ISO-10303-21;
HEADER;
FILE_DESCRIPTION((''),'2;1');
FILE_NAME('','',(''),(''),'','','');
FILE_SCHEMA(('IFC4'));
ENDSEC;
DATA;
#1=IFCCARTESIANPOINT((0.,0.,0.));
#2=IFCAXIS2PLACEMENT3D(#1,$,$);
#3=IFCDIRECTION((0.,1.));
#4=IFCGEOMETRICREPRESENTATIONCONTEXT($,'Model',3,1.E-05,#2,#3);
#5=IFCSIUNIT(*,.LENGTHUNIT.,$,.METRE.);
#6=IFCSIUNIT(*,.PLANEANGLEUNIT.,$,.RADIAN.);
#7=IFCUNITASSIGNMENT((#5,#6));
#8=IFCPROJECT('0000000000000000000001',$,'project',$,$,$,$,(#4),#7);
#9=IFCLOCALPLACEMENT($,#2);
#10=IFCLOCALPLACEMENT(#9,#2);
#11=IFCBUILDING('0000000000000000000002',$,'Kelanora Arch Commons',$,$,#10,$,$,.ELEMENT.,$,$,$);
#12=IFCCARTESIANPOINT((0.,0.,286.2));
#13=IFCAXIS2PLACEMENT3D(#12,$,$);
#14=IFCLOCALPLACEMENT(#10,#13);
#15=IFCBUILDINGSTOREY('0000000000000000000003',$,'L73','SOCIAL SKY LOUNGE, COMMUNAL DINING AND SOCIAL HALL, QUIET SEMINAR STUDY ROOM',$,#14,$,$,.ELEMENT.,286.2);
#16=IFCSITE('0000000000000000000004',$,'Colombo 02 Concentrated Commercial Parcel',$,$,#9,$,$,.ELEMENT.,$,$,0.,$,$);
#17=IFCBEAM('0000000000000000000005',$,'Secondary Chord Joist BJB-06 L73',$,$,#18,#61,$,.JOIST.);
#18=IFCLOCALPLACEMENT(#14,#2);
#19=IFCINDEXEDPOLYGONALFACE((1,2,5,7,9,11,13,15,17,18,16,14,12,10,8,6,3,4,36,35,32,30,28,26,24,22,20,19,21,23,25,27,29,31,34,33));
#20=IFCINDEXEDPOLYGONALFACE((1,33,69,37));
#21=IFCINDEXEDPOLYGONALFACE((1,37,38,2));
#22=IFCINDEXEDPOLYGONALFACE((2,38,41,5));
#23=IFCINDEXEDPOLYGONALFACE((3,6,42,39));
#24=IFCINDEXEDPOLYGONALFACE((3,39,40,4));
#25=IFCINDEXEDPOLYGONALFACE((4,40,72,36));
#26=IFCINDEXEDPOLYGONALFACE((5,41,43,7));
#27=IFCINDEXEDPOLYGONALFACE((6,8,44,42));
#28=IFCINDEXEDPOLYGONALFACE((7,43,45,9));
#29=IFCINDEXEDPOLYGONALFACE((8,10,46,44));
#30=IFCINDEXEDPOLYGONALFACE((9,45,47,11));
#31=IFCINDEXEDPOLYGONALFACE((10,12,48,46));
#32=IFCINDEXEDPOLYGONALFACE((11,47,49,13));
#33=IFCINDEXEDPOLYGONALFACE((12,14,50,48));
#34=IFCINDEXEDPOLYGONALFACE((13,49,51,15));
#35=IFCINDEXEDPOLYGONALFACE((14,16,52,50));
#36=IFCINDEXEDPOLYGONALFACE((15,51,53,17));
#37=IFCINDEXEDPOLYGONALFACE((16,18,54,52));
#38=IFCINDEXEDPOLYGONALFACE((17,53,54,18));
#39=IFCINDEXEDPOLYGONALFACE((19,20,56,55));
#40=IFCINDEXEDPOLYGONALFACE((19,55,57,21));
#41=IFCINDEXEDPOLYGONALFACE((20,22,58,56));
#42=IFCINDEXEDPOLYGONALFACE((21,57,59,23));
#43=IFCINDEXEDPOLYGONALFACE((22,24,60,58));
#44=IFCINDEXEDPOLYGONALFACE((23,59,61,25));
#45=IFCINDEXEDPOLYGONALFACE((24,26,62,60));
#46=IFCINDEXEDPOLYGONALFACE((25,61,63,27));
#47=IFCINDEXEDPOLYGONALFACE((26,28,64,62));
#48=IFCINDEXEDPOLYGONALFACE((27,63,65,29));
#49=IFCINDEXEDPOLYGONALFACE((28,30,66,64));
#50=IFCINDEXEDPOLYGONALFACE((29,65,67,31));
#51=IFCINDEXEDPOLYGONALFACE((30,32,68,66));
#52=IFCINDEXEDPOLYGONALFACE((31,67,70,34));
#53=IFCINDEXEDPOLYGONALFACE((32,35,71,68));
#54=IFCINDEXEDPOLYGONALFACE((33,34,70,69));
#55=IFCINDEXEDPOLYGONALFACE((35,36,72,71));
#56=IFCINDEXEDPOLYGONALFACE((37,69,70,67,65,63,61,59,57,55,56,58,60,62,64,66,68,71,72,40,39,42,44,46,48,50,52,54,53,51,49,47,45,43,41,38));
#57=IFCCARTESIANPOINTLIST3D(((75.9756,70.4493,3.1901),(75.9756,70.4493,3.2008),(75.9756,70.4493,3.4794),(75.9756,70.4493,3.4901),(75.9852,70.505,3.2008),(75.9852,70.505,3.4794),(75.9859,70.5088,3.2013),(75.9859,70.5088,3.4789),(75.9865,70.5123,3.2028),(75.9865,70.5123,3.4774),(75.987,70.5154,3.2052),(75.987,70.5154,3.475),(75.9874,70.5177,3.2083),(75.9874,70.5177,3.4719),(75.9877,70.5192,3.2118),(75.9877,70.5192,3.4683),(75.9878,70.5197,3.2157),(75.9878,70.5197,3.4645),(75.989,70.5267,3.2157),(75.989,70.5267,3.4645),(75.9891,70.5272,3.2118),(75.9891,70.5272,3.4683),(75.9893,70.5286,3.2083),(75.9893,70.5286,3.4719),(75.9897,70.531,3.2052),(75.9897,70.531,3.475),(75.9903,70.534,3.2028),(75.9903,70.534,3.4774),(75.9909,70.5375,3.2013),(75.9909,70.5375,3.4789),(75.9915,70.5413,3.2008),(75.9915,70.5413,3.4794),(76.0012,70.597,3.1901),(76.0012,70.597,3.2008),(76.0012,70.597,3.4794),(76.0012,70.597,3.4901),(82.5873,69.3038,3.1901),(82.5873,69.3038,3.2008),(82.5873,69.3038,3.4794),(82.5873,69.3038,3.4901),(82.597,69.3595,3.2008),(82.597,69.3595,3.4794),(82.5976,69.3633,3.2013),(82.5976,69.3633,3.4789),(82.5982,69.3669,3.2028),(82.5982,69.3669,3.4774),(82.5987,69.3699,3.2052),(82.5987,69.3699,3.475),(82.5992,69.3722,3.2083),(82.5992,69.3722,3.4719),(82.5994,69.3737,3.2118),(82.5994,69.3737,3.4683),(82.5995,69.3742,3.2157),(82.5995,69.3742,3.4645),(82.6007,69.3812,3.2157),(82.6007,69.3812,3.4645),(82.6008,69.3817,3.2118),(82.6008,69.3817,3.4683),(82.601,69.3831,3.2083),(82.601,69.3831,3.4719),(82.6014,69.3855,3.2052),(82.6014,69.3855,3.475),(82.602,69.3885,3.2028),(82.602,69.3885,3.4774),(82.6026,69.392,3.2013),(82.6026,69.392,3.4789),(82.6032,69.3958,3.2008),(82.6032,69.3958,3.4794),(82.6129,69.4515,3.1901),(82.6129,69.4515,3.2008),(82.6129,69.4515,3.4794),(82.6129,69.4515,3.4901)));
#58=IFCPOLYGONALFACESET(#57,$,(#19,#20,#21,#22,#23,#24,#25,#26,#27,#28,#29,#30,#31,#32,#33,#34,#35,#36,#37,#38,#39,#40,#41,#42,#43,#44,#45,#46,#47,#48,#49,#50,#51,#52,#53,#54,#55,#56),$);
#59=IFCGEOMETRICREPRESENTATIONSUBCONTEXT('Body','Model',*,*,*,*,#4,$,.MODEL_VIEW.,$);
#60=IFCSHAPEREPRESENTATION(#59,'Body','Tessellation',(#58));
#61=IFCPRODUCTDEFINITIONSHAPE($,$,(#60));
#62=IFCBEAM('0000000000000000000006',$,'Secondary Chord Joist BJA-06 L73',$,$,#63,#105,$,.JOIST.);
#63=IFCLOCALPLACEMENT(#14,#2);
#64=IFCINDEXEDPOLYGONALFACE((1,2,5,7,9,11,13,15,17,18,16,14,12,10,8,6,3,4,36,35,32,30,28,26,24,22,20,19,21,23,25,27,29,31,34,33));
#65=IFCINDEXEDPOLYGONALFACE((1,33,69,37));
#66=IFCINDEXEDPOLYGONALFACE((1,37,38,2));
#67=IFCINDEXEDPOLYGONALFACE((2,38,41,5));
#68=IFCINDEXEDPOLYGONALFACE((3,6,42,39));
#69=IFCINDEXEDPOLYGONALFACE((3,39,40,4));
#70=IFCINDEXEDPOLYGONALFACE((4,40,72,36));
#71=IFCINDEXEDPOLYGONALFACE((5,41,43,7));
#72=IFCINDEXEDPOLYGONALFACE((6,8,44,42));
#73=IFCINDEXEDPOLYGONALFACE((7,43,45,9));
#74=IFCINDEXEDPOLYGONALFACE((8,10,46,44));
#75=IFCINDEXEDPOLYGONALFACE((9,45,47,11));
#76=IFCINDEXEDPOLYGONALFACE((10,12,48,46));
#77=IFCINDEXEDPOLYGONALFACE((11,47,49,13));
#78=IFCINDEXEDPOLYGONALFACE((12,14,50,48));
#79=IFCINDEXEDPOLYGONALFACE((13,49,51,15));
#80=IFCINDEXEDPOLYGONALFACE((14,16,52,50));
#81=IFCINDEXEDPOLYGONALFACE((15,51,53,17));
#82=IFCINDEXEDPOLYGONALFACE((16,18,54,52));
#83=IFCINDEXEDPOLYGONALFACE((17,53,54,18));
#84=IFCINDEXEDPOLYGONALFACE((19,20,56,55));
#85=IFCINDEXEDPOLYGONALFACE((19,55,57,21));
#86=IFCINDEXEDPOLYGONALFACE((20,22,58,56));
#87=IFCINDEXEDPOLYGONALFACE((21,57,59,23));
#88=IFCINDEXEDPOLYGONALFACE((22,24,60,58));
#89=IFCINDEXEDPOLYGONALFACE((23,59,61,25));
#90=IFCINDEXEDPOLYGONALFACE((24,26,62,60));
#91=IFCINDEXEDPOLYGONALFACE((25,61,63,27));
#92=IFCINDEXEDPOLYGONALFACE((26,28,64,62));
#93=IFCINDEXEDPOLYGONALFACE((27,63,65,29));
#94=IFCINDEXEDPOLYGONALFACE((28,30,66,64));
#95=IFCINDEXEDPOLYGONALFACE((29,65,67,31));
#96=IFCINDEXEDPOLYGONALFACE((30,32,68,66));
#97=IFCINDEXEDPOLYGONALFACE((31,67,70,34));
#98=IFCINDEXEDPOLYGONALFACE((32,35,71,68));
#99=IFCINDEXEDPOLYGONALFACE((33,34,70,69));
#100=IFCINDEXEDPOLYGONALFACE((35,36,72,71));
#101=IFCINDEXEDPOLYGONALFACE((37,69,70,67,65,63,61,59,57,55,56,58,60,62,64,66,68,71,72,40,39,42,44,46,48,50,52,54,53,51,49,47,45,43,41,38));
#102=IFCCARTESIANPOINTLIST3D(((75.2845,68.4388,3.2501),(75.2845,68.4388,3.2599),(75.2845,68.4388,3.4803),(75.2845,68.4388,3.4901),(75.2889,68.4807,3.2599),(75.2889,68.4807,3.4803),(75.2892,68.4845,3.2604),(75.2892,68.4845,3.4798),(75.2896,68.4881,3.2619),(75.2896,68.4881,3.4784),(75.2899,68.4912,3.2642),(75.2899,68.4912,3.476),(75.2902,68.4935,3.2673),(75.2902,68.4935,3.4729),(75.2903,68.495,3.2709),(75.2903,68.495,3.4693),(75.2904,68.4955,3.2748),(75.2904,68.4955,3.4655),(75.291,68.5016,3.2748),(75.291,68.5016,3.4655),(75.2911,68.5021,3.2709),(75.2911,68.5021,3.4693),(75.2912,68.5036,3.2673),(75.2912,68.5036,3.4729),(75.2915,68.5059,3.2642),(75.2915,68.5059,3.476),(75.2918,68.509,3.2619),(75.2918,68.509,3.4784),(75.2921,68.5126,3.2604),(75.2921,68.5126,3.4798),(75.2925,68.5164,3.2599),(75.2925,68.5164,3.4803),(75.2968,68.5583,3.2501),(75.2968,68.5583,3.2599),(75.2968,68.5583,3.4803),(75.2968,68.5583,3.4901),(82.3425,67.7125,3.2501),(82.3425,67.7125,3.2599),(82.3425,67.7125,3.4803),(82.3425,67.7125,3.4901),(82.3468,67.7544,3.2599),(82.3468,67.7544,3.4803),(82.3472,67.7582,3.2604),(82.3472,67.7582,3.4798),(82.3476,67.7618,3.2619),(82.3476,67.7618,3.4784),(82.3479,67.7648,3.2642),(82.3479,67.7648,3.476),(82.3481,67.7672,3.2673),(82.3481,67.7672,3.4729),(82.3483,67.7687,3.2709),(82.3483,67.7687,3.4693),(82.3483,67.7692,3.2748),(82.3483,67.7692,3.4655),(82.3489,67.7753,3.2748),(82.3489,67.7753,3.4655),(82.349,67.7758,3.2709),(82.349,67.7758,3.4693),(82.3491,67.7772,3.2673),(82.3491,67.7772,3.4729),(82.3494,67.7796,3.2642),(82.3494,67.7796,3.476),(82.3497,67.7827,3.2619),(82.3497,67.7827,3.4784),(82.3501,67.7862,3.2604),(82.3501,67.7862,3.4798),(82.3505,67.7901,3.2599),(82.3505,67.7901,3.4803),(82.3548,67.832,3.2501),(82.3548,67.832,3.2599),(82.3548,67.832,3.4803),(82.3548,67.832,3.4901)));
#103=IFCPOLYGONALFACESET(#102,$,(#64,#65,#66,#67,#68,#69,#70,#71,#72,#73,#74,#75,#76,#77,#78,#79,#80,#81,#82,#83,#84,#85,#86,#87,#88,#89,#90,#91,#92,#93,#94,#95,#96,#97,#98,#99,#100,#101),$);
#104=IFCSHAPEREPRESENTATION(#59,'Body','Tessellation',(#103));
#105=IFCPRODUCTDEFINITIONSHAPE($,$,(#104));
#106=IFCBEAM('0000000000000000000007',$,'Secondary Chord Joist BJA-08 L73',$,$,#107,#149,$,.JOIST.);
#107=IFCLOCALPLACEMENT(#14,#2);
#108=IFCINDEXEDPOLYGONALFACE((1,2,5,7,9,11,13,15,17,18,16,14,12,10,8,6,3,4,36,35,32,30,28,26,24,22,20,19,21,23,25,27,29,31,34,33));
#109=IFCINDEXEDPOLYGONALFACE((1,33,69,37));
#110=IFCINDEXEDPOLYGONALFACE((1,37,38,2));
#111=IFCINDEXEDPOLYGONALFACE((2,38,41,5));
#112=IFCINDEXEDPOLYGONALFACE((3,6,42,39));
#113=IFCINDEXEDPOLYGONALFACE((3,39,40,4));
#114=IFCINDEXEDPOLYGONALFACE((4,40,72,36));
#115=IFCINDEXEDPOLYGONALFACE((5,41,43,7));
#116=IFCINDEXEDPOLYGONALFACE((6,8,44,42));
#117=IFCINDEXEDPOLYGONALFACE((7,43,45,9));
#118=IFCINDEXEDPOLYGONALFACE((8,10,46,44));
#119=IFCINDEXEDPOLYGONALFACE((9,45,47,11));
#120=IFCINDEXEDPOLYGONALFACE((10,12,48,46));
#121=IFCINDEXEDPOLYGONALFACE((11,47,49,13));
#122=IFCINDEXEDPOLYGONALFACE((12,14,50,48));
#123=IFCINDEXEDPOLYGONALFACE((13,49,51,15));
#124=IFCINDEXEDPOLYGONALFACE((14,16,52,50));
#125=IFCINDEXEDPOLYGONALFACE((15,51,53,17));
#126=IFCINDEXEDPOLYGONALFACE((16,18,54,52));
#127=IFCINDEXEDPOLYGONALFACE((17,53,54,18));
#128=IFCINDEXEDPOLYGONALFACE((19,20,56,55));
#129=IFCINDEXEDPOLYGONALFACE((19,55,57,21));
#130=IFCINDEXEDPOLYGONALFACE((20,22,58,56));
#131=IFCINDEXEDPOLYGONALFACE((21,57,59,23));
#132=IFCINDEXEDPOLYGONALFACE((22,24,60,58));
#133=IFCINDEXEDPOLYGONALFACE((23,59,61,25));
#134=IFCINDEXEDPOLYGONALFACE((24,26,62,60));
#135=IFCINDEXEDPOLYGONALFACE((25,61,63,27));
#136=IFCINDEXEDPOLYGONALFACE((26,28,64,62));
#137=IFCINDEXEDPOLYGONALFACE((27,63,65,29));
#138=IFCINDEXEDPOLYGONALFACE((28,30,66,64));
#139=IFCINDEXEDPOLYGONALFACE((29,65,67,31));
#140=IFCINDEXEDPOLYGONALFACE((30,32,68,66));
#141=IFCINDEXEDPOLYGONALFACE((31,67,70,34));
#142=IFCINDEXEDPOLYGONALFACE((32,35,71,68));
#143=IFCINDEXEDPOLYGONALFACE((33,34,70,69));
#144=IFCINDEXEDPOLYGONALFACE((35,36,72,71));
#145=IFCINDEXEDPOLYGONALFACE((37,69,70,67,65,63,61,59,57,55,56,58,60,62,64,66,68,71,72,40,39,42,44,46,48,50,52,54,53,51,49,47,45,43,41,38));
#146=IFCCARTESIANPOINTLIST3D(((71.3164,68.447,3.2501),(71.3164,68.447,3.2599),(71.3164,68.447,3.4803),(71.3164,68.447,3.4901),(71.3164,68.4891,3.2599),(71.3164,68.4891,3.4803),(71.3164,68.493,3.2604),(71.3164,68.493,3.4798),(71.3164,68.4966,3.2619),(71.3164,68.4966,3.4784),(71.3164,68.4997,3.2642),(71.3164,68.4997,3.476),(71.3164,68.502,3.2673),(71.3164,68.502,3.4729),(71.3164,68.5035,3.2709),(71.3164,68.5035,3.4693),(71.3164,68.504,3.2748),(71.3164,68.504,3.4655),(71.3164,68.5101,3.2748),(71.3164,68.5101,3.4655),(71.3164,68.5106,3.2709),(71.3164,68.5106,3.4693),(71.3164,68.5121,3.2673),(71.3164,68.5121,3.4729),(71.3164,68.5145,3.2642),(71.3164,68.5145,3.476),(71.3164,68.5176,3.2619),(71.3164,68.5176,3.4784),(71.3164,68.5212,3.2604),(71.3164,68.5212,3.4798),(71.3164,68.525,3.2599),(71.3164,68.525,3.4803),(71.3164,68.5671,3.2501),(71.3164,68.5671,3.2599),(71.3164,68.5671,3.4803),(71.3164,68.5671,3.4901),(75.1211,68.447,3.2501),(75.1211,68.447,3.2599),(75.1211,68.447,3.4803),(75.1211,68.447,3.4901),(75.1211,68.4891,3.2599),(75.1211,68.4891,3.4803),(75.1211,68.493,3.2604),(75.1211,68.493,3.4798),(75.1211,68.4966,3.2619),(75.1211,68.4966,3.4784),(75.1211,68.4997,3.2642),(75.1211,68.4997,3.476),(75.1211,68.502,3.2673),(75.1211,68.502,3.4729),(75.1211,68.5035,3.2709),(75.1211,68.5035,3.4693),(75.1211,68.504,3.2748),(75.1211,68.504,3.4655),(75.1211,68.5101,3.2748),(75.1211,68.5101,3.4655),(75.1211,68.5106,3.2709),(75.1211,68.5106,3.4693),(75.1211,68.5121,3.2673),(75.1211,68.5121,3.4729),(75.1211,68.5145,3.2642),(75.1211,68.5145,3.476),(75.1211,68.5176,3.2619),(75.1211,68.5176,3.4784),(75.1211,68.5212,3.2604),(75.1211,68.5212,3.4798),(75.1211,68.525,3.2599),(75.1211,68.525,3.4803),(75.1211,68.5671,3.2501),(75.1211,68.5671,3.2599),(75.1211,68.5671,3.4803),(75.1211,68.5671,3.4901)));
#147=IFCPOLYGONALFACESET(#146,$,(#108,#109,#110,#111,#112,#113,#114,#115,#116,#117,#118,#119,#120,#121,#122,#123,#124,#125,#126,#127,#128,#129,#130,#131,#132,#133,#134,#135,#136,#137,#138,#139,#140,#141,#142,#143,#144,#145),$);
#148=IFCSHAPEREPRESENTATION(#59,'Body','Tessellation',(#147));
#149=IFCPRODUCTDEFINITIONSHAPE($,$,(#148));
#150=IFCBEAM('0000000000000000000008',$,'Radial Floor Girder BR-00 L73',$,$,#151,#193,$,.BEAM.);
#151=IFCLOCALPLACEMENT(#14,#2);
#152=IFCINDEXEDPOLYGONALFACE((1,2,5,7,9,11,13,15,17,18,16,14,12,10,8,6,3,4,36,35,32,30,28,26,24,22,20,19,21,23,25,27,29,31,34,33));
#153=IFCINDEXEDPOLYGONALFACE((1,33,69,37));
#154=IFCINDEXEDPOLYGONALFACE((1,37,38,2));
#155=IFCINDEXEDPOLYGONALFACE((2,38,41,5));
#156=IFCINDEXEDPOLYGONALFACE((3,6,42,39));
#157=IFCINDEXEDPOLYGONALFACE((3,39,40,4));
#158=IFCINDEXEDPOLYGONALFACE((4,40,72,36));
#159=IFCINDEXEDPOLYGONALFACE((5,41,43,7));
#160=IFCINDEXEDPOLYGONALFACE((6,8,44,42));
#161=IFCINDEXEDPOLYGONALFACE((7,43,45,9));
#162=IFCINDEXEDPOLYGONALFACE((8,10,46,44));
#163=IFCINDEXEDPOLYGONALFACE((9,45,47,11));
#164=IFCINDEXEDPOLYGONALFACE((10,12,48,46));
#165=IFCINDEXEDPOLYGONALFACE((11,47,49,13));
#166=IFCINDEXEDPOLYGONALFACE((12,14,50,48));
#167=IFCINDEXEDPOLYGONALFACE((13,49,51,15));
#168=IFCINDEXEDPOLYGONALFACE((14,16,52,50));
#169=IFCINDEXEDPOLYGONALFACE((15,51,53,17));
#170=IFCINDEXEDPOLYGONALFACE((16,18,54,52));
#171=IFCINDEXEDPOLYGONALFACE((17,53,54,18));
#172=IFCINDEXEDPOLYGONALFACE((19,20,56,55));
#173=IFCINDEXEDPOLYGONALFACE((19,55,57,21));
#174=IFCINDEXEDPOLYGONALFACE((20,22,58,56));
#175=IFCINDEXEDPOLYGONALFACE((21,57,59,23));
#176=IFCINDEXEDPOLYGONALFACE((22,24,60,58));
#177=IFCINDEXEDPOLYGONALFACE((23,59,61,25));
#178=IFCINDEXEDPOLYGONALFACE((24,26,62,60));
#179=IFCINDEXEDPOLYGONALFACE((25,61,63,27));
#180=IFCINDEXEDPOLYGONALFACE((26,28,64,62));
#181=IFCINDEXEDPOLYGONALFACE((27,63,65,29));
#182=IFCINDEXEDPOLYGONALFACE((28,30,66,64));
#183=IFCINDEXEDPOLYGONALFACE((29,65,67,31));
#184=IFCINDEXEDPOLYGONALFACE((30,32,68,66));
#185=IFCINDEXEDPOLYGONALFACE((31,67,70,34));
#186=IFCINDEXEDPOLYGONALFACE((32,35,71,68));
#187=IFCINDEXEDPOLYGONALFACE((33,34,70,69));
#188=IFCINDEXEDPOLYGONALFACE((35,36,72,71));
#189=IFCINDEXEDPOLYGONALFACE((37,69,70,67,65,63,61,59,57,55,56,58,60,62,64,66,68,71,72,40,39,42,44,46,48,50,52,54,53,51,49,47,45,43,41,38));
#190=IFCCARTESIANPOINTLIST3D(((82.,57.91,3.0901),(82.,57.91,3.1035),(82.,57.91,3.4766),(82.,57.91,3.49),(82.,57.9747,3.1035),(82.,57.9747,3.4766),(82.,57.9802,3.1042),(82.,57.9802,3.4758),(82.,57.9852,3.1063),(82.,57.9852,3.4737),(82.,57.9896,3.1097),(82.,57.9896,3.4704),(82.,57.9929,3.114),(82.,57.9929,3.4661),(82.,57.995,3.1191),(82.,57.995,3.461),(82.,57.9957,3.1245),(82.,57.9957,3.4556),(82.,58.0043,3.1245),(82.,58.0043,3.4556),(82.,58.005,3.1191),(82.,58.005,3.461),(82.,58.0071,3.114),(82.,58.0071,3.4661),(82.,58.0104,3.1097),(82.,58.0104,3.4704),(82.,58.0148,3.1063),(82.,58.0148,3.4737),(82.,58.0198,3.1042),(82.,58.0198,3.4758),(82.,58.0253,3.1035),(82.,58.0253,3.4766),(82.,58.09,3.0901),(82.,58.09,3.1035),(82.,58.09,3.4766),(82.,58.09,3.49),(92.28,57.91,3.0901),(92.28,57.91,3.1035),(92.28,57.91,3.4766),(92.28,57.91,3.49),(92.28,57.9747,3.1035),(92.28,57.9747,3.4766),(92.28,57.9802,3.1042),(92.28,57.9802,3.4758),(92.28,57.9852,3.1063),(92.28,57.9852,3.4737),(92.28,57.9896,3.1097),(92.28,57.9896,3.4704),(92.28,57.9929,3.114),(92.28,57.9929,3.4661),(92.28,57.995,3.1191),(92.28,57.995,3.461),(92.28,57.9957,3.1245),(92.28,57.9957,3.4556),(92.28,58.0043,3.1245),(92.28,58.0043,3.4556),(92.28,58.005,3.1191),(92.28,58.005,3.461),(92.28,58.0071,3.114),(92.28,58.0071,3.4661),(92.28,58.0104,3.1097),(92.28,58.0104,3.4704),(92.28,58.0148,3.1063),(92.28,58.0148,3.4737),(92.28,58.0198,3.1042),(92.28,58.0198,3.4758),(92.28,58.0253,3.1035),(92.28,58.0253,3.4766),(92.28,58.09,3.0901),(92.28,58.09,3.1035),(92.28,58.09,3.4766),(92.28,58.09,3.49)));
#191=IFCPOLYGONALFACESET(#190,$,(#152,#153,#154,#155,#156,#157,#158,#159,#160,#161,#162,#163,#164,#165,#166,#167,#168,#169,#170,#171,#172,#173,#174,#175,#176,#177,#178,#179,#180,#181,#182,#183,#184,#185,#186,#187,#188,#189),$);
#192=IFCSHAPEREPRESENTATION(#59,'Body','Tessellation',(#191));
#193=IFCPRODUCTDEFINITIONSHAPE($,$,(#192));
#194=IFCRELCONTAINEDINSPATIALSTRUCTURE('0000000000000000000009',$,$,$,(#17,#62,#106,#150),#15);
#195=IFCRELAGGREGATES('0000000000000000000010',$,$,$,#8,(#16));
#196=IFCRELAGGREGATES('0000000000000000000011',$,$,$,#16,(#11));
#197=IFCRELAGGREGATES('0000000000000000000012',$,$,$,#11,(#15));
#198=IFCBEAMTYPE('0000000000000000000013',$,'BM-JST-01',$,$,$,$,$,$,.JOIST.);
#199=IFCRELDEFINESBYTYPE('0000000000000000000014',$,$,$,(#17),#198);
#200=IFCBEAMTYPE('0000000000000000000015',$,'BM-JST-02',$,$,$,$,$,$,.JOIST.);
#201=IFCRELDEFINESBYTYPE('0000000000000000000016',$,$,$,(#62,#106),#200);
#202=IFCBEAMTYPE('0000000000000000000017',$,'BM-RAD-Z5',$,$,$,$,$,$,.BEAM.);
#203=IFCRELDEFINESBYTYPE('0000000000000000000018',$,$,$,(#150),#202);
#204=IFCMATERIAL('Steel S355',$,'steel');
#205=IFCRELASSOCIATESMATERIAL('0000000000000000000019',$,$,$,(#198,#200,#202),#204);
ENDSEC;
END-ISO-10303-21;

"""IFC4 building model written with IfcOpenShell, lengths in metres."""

from ifc_helpers import new_model, si_unit, direction, frame, origin, origin_2d, place, context, subcontext, project, spatial, i_section, extrude, material, material_profile, profile_set, type_object, element, save


model = new_model("IFC4")

# Units and contexts
model_context = context("Model", 3, precision=1e-05, world=origin(), true_north=direction((0.0, 1.0)))
body_context = subcontext(model_context, "Body", "Model", "MODEL_VIEW")
ifc_project = project(units=[si_unit("LENGTHUNIT", "METRE"), si_unit("PLANEANGLEUNIT", "RADIAN")], contexts=[model_context])

# Site, building, storey
site_placement = place(None, origin())
site = spatial("IfcSite", under=ifc_project, at=site_placement, Name="Colombo 02 Concentrated Commercial Parcel", CompositionType="ELEMENT", RefElevation=0.0)
building_placement = place(site_placement, origin())
building = spatial("IfcBuilding", under=site, at=building_placement, Name="Kelanora Arch Commons", CompositionType="ELEMENT")
storey_placement = place(building_placement, frame((0.0, 0.0, 286.2)))
storey = spatial("IfcBuildingStorey", under=building, at=storey_placement, Name="L73", Description="SOCIAL SKY LOUNGE, COMMUNAL DINING AND SOCIAL HALL, QUIET SEMINAR STUDY ROOM", CompositionType="ELEMENT", Elevation=286.2)

# Beams
ifc_material_1 = material(Name="Steel S355", Category="steel")
ifc_material_profile_1 = material_profile(ifc_material_1, i_section(OverallWidth=0.1499, OverallDepth=0.3, WebThickness=0.0071, FlangeThickness=0.0107, FilletRadius=0.0149, at=origin_2d()), Name="IPE300")
ifc_profile_set_1 = profile_set([ifc_material_profile_1], Name="Steel S355")
beam_type_1 = type_object("IfcBeamType", Name="BM-JST-01", PredefinedType="JOIST", material=ifc_profile_set_1)
beam_1_placement = place(storey_placement, frame((82.6001, 69.3777, 3.3401), z_axis=(-0.985322, 0.170709, 0.0), x_axis=(-0.170709, -0.985322, 0.0)))
element("IfcBeam", 1, at=beam_1_placement, inside=storey, type_object=beam_type_1, Name="Secondary Chord Joist BJB-06 L73", PredefinedType="JOIST", context=body_context, shape_type="SweptSolid", body=[
    extrude(i_section(OverallWidth=0.1499, OverallDepth=0.3, WebThickness=0.0071, FlangeThickness=0.0107, FilletRadius=0.0149, at=origin_2d()), origin(), (0.0, 0.0, 1.0), 6.7102),
])
ifc_material_profile_2 = material_profile(ifc_material_1, i_section(OverallWidth=0.1201, OverallDepth=0.24, WebThickness=0.0061, FlangeThickness=0.0098, FilletRadius=0.0149, at=origin_2d()), Name="IPE240")
ifc_profile_set_2 = profile_set([ifc_material_profile_2], Name="Steel S355")
beam_type_2 = type_object("IfcBeamType", Name="BM-JST-02", PredefinedType="JOIST", material=ifc_profile_set_2)
beam_2_placement = place(storey_placement, frame((82.3486, 67.7722, 3.3701), z_axis=(-0.994747, 0.102369, 0.0), x_axis=(-0.102369, -0.994747, 0.0)))
element("IfcBeam", 2, at=beam_2_placement, inside=storey, type_object=beam_type_2, Name="Secondary Chord Joist BJA-06 L73", PredefinedType="JOIST", context=body_context, shape_type="SweptSolid", body=[
    extrude(i_section(OverallWidth=0.1201, OverallDepth=0.24, WebThickness=0.0061, FlangeThickness=0.0098, FilletRadius=0.0149, at=origin_2d()), origin(), (0.0, 0.0, 1.0), 7.0952),
])
beam_3_placement = place(storey_placement, frame((75.1211, 68.5071, 3.3701), z_axis=(-1.0, 0.0, 0.0), x_axis=(0.0, -1.0, 0.0)))
element("IfcBeam", 3, at=beam_3_placement, inside=storey, type_object=beam_type_2, Name="Secondary Chord Joist BJA-08 L73", PredefinedType="JOIST", context=body_context, shape_type="SweptSolid", body=[
    extrude(i_section(OverallWidth=0.1201, OverallDepth=0.24, WebThickness=0.0061, FlangeThickness=0.0098, FilletRadius=0.0149, at=origin_2d()), origin(), (0.0, 0.0, 1.0), 3.8047),
])
ifc_material_profile_3 = material_profile(ifc_material_1, i_section(OverallWidth=0.1799, OverallDepth=0.3999, WebThickness=0.0085, FlangeThickness=0.0134, FilletRadius=0.021, at=origin_2d()), Name="IPE400")
ifc_profile_set_3 = profile_set([ifc_material_profile_3], Name="Steel S355")
beam_type_3 = type_object("IfcBeamType", Name="BM-RAD-Z5", PredefinedType="BEAM", material=ifc_profile_set_3)
beam_4_placement = place(storey_placement, frame((82.0, 58.0, 3.29), z_axis=(1.0, 0.0, 0.0), x_axis=(0.0, 1.0, 0.0)))
element("IfcBeam", 4, at=beam_4_placement, inside=storey, type_object=beam_type_3, Name="Radial Floor Girder BR-00 L73", PredefinedType="BEAM", context=body_context, shape_type="SweptSolid", body=[
    extrude(i_section(OverallWidth=0.1799, OverallDepth=0.3999, WebThickness=0.0085, FlangeThickness=0.0134, FilletRadius=0.021, at=origin_2d()), origin(), (0.0, 0.0, 1.0), 10.28),
])

save(model, "model.ifc")
